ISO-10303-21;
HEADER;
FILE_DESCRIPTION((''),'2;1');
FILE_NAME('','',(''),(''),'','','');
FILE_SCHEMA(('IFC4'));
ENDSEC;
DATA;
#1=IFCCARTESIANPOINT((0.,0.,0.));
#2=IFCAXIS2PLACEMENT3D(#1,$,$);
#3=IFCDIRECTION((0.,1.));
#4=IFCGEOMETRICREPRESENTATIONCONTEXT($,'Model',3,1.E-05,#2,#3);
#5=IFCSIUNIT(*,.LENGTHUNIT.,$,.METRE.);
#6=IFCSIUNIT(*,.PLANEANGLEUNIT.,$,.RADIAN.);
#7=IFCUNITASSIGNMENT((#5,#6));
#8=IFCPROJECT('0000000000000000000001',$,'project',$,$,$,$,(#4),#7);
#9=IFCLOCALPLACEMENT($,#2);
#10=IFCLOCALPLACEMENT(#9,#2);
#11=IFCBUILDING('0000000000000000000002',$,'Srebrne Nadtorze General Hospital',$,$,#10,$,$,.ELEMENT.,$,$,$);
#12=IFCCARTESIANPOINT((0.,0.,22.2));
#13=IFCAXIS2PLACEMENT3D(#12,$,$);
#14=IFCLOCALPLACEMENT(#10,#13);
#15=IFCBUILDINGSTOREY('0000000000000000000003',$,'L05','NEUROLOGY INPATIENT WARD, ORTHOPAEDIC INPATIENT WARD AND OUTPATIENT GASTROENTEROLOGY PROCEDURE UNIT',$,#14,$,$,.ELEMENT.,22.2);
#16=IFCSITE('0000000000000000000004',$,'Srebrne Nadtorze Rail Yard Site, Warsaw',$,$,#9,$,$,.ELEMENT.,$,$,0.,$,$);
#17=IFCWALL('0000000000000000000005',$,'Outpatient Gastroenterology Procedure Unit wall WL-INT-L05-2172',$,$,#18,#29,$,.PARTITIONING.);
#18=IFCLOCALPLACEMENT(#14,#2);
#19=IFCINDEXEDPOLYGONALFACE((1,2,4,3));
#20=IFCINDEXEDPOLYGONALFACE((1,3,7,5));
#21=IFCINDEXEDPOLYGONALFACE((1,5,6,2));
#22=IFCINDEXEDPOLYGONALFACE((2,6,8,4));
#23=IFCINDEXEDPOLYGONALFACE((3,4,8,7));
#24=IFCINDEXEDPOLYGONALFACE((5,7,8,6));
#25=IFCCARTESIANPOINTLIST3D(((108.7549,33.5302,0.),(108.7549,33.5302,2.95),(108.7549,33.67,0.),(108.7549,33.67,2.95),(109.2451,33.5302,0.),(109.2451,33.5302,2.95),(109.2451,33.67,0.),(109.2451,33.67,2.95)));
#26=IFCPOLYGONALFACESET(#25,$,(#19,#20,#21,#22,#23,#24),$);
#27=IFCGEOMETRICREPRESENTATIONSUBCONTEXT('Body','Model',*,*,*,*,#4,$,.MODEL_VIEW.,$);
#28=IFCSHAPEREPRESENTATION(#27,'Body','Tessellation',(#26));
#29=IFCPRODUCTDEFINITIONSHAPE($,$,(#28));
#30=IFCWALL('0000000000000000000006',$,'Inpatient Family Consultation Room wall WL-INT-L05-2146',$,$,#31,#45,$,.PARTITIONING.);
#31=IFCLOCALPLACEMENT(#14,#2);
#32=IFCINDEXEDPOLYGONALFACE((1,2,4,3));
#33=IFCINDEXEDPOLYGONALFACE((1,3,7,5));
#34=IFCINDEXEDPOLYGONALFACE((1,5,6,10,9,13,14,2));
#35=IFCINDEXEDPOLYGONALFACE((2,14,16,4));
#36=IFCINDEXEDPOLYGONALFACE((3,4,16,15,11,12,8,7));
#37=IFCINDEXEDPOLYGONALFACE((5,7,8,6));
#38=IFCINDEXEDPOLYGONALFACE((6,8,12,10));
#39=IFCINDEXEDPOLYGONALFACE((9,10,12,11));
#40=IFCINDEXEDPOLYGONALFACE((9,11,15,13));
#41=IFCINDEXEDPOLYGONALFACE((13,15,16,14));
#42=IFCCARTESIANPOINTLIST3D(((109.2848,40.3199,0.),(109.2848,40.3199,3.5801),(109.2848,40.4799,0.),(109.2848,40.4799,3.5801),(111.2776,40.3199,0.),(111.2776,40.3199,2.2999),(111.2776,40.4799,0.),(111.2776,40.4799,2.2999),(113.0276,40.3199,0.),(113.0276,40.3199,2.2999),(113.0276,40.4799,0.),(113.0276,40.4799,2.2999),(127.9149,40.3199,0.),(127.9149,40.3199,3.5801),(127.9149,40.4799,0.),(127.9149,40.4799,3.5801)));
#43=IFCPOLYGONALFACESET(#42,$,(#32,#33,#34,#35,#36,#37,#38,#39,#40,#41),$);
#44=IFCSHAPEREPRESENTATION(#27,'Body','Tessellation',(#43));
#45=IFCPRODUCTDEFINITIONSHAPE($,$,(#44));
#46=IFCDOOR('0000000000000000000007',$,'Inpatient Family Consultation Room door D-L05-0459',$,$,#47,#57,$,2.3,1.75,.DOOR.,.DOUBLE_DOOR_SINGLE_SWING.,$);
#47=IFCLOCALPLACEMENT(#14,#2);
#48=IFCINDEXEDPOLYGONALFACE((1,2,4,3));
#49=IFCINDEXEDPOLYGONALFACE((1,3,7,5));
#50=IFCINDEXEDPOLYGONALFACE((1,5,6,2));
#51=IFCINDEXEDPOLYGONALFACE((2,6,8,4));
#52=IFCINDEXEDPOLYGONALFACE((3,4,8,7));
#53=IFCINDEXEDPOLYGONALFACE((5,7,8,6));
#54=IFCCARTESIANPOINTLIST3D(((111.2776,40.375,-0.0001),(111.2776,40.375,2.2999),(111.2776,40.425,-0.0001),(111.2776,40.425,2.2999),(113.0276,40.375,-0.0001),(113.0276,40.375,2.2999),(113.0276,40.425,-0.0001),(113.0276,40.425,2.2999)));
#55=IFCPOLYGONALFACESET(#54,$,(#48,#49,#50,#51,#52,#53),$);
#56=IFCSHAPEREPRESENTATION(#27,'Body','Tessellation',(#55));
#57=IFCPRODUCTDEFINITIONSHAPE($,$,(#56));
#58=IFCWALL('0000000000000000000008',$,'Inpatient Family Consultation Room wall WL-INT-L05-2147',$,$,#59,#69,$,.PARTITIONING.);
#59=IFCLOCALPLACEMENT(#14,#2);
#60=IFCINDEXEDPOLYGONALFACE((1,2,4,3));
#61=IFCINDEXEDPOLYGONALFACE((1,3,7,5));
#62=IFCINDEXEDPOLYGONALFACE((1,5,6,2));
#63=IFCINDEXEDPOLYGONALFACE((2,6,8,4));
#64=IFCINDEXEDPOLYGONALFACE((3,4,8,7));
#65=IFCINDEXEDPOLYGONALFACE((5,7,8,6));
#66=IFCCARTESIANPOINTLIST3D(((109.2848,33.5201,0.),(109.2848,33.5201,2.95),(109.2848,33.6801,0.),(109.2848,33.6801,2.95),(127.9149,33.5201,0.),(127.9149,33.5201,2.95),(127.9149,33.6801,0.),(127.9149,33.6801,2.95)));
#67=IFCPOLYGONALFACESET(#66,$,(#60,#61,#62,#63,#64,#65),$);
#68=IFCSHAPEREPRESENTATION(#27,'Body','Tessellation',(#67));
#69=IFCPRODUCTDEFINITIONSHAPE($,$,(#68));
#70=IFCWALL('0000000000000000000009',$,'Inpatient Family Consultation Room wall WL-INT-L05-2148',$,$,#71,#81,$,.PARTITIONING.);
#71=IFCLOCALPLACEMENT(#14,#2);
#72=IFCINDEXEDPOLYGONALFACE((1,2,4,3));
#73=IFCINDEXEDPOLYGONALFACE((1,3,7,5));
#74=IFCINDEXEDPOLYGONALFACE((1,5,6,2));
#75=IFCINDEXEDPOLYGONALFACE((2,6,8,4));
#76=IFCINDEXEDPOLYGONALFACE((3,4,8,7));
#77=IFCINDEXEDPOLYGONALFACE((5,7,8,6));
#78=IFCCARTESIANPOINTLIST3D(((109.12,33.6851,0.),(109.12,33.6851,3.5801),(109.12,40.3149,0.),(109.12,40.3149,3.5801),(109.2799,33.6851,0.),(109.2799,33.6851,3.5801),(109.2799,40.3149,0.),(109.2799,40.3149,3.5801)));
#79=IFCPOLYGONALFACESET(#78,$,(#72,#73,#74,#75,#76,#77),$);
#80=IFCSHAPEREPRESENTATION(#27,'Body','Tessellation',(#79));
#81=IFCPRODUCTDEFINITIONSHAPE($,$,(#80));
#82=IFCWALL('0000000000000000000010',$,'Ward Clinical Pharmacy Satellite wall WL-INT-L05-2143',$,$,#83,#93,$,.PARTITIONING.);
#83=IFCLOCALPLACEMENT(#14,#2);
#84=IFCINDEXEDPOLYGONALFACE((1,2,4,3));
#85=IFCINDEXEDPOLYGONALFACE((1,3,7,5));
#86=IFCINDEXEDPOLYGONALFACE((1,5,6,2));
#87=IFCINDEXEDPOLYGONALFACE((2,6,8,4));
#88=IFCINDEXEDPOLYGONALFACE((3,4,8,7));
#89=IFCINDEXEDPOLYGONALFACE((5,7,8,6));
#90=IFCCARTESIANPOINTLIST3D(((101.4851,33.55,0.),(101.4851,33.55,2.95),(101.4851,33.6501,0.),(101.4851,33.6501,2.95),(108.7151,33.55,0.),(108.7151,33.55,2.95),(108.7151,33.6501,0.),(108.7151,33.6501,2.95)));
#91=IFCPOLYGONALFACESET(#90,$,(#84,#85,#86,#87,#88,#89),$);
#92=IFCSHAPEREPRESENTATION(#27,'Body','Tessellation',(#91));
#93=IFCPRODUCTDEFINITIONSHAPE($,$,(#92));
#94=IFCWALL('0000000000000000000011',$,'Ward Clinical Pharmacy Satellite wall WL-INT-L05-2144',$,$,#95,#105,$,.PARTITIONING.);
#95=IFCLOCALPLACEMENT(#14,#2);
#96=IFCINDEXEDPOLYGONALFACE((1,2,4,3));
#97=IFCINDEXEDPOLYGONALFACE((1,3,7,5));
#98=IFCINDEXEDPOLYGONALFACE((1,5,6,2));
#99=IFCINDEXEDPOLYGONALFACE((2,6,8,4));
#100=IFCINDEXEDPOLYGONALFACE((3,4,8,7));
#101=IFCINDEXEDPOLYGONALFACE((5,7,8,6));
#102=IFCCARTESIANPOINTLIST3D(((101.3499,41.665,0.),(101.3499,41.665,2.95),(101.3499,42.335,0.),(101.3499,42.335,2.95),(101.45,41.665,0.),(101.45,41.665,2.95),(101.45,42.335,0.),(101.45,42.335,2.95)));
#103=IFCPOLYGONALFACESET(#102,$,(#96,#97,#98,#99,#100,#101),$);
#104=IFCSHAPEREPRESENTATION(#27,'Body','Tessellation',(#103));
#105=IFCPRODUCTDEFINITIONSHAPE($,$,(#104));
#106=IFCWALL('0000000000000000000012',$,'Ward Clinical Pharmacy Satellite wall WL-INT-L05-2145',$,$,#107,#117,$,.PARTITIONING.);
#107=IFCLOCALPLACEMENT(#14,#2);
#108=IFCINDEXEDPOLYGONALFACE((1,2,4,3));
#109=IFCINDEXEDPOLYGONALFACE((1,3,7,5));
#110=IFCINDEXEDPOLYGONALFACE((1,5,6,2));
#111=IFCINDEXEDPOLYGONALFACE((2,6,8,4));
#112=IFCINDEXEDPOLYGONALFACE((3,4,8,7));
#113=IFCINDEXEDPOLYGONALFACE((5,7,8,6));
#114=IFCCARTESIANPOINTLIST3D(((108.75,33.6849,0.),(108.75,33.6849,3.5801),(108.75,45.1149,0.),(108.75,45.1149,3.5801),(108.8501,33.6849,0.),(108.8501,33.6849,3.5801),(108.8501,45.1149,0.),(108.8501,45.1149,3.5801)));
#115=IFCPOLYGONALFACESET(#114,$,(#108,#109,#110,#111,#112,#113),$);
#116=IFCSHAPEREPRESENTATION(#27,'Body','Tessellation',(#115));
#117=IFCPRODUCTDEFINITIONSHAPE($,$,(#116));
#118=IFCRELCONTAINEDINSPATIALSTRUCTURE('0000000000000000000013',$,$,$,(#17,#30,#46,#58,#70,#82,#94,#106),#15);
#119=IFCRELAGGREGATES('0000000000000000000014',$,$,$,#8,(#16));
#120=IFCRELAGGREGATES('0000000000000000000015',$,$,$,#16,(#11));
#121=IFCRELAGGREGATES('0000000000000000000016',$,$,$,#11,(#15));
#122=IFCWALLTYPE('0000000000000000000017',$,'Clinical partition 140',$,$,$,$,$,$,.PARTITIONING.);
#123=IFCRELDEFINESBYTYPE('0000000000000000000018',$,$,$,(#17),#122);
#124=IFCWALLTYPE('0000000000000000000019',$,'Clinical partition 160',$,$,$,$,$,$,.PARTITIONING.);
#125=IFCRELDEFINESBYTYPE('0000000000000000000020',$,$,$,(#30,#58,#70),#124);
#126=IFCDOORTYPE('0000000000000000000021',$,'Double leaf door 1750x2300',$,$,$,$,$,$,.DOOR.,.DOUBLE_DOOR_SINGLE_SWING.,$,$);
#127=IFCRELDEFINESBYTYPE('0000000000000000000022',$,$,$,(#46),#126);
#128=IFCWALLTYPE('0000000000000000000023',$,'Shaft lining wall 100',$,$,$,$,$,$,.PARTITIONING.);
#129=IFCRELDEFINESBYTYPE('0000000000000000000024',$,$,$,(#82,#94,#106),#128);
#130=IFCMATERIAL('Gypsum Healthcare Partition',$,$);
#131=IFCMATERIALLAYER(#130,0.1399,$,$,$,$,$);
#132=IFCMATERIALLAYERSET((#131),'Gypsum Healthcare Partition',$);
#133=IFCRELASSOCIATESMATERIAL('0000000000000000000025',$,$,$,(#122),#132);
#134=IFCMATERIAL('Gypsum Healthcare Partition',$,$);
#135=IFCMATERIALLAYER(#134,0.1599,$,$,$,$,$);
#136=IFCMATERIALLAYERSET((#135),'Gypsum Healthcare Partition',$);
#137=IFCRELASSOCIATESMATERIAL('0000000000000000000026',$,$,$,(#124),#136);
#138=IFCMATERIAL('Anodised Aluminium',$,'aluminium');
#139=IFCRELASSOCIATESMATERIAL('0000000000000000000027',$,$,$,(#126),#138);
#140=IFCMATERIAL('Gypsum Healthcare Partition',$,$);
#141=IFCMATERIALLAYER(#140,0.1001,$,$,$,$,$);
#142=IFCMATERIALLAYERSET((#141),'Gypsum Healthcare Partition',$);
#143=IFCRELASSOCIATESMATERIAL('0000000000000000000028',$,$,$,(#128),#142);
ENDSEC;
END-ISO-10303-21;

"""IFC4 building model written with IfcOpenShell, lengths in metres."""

from ifc_helpers import new_model, si_unit, direction, frame, frame_2d, origin, place, context, subcontext, project, spatial, rectangle, extrude, material, layer, layer_set, type_object, element, fill, save


model = new_model("IFC4")

# Units and contexts
model_context = context("Model", 3, precision=1e-05, world=origin(), true_north=direction((0.0, 1.0)))
body_context = subcontext(model_context, "Body", "Model", "MODEL_VIEW")
ifc_project = project(units=[si_unit("LENGTHUNIT", "METRE"), si_unit("PLANEANGLEUNIT", "RADIAN")], contexts=[model_context])

# Site, building, storey
site_placement = place(None, origin())
site = spatial("IfcSite", under=ifc_project, at=site_placement, Name="Srebrne Nadtorze Rail Yard Site, Warsaw", CompositionType="ELEMENT", RefElevation=0.0)
building_placement = place(site_placement, origin())
building = spatial("IfcBuilding", under=site, at=building_placement, Name="Srebrne Nadtorze General Hospital", CompositionType="ELEMENT")
storey_placement = place(building_placement, frame((0.0, 0.0, 22.2)))
storey = spatial("IfcBuildingStorey", under=building, at=storey_placement, Name="L05", Description="NEUROLOGY INPATIENT WARD, ORTHOPAEDIC INPATIENT WARD AND OUTPATIENT GASTROENTEROLOGY PROCEDURE UNIT", CompositionType="ELEMENT", Elevation=22.2)

# Wall
ifc_material_1 = material(Name="Gypsum Healthcare Partition")
ifc_layer_1 = layer(ifc_material_1, 0.1399)
ifc_layer_set_1 = layer_set([ifc_layer_1], Name="Gypsum Healthcare Partition")
wall_type_1 = type_object("IfcWallType", Name="Clinical partition 140", PredefinedType="PARTITIONING", material=ifc_layer_set_1)
wall_1_placement = place(storey_placement, frame((108.7549, 33.6001, 0.0), z_axis=(0.0, 0.0, 1.0), x_axis=(1.0, 0.0, 0.0)))
element("IfcWall", 1, at=wall_1_placement, inside=storey, type_object=wall_type_1, Name="Outpatient Gastroenterology Procedure Unit wall WL-INT-L05-2172", PredefinedType="PARTITIONING", context=body_context, shape_type="SweptSolid", body=[
    extrude(rectangle(XDim=0.4902, YDim=0.1399, at=frame_2d((0.2451, 0.0))), origin(), (0.0, 0.0, 1.0), 2.95),
])

# Wall, opening, door
ifc_material_2 = material(Name="Gypsum Healthcare Partition")
ifc_layer_2 = layer(ifc_material_2, 0.1599)
ifc_layer_set_2 = layer_set([ifc_layer_2], Name="Gypsum Healthcare Partition")
wall_type_2 = type_object("IfcWallType", Name="Clinical partition 160", PredefinedType="PARTITIONING", material=ifc_layer_set_2)
wall_2_placement = place(storey_placement, frame((109.2849, 40.3999, 0.0), z_axis=(0.0, 0.0, 1.0), x_axis=(1.0, 0.0, 0.0)))
wall_2 = element("IfcWall", 2, at=wall_2_placement, inside=storey, type_object=wall_type_2, Name="Inpatient Family Consultation Room wall WL-INT-L05-2146", PredefinedType="PARTITIONING", context=body_context, shape_type="SweptSolid", body=[
    extrude(rectangle(XDim=18.6301, YDim=0.1599, at=frame_2d((9.3149, 0.0))), origin(), (0.0, 0.0, 1.0), 3.5801),
])
opening_placement = place(wall_2_placement, frame((1.9927, 0.0, 0.0)))
opening = element("IfcOpeningElement", 3, at=opening_placement, cuts=wall_2, PredefinedType="OPENING", context=body_context, shape_type="SweptSolid", body=[
    extrude(rectangle(XDim=1.75, YDim=2.3, at=frame_2d((0.875, 1.1499))), frame((0.0, 0.0918, 0.0), z_axis=(0.0, -1.0, 0.0), x_axis=(1.0, 0.0, 0.0)), (0.0, 0.0, 1.0), 0.1838),
])
ifc_material_3 = material(Name="Anodised Aluminium", Category="aluminium")
door_type = type_object("IfcDoorType", Name="Double leaf door 1750x2300", OperationType="DOUBLE_DOOR_SINGLE_SWING", PredefinedType="DOOR", material=ifc_material_3)
door_placement = place(opening_placement, frame((1.75, 0.0, 0.0), z_axis=(0.0, 0.0, 1.0), x_axis=(-1.0, 0.0, 0.0)))
door = element("IfcDoor", 4, at=door_placement, inside=storey, type_object=door_type, Name="Inpatient Family Consultation Room door D-L05-0459", OperationType="DOUBLE_DOOR_SINGLE_SWING", OverallHeight=2.3, OverallWidth=1.75, PredefinedType="DOOR", context=body_context, shape_type="SweptSolid", body=[
    extrude(rectangle(XDim=1.75, YDim=2.3, at=frame_2d((0.875, 1.1499))), frame((0.0, 0.0249, 0.0), z_axis=(0.0, -1.0, 0.0), x_axis=(1.0, 0.0, 0.0)), (0.0, 0.0, 1.0), 0.05),
])
fill(opening, door)

# Walls
wall_3_placement = place(storey_placement, frame((109.2849, 33.6001, 0.0), z_axis=(0.0, 0.0, 1.0), x_axis=(1.0, 0.0, 0.0)))
element("IfcWall", 5, at=wall_3_placement, inside=storey, type_object=wall_type_2, Name="Inpatient Family Consultation Room wall WL-INT-L05-2147", PredefinedType="PARTITIONING", context=body_context, shape_type="SweptSolid", body=[
    extrude(rectangle(XDim=18.6301, YDim=0.1599, at=frame_2d((9.3149, 0.0))), origin(), (0.0, 0.0, 1.0), 2.95),
])
wall_4_placement = place(storey_placement, frame((109.2, 33.6851, 0.0), z_axis=(0.0, 0.0, 1.0), x_axis=(0.0, 1.0, 0.0)))
element("IfcWall", 6, at=wall_4_placement, inside=storey, type_object=wall_type_2, Name="Inpatient Family Consultation Room wall WL-INT-L05-2148", PredefinedType="PARTITIONING", context=body_context, shape_type="SweptSolid", body=[
    extrude(rectangle(XDim=6.6299, YDim=0.1599, at=frame_2d((3.3149, 0.0))), origin(), (0.0, 0.0, 1.0), 3.5801),
])
ifc_material_4 = material(Name="Gypsum Healthcare Partition")
ifc_layer_3 = layer(ifc_material_4, 0.1001)
ifc_layer_set_3 = layer_set([ifc_layer_3], Name="Gypsum Healthcare Partition")
wall_type_3 = type_object("IfcWallType", Name="Shaft lining wall 100", PredefinedType="PARTITIONING", material=ifc_layer_set_3)
wall_5_placement = place(storey_placement, frame((101.4851, 33.6001, 0.0), z_axis=(0.0, 0.0, 1.0), x_axis=(1.0, 0.0, 0.0)))
element("IfcWall", 7, at=wall_5_placement, inside=storey, type_object=wall_type_3, Name="Ward Clinical Pharmacy Satellite wall WL-INT-L05-2143", PredefinedType="PARTITIONING", context=body_context, shape_type="SweptSolid", body=[
    extrude(rectangle(XDim=7.23, YDim=0.1001, at=frame_2d((3.615, 0.0))), origin(), (0.0, 0.0, 1.0), 2.95),
])
wall_6_placement = place(storey_placement, frame((101.3999, 41.665, 0.0), z_axis=(0.0, 0.0, 1.0), x_axis=(0.0, 1.0, 0.0)))
element("IfcWall", 8, at=wall_6_placement, inside=storey, type_object=wall_type_3, Name="Ward Clinical Pharmacy Satellite wall WL-INT-L05-2144", PredefinedType="PARTITIONING", context=body_context, shape_type="SweptSolid", body=[
    extrude(rectangle(XDim=0.6699, YDim=0.1001, at=frame_2d((0.335, 0.0))), origin(), (0.0, 0.0, 1.0), 2.95),
])
wall_7_placement = place(storey_placement, frame((108.8, 33.6851, 0.0), z_axis=(0.0, 0.0, 1.0), x_axis=(0.0, 1.0, 0.0)))
element("IfcWall", 9, at=wall_7_placement, inside=storey, type_object=wall_type_3, Name="Ward Clinical Pharmacy Satellite wall WL-INT-L05-2145", PredefinedType="PARTITIONING", context=body_context, shape_type="SweptSolid", body=[
    extrude(rectangle(XDim=11.4299, YDim=0.1001, at=frame_2d((5.7148, 0.0))), origin(), (0.0, 0.0, 1.0), 3.5801),
])

save(model, "model.ifc")
